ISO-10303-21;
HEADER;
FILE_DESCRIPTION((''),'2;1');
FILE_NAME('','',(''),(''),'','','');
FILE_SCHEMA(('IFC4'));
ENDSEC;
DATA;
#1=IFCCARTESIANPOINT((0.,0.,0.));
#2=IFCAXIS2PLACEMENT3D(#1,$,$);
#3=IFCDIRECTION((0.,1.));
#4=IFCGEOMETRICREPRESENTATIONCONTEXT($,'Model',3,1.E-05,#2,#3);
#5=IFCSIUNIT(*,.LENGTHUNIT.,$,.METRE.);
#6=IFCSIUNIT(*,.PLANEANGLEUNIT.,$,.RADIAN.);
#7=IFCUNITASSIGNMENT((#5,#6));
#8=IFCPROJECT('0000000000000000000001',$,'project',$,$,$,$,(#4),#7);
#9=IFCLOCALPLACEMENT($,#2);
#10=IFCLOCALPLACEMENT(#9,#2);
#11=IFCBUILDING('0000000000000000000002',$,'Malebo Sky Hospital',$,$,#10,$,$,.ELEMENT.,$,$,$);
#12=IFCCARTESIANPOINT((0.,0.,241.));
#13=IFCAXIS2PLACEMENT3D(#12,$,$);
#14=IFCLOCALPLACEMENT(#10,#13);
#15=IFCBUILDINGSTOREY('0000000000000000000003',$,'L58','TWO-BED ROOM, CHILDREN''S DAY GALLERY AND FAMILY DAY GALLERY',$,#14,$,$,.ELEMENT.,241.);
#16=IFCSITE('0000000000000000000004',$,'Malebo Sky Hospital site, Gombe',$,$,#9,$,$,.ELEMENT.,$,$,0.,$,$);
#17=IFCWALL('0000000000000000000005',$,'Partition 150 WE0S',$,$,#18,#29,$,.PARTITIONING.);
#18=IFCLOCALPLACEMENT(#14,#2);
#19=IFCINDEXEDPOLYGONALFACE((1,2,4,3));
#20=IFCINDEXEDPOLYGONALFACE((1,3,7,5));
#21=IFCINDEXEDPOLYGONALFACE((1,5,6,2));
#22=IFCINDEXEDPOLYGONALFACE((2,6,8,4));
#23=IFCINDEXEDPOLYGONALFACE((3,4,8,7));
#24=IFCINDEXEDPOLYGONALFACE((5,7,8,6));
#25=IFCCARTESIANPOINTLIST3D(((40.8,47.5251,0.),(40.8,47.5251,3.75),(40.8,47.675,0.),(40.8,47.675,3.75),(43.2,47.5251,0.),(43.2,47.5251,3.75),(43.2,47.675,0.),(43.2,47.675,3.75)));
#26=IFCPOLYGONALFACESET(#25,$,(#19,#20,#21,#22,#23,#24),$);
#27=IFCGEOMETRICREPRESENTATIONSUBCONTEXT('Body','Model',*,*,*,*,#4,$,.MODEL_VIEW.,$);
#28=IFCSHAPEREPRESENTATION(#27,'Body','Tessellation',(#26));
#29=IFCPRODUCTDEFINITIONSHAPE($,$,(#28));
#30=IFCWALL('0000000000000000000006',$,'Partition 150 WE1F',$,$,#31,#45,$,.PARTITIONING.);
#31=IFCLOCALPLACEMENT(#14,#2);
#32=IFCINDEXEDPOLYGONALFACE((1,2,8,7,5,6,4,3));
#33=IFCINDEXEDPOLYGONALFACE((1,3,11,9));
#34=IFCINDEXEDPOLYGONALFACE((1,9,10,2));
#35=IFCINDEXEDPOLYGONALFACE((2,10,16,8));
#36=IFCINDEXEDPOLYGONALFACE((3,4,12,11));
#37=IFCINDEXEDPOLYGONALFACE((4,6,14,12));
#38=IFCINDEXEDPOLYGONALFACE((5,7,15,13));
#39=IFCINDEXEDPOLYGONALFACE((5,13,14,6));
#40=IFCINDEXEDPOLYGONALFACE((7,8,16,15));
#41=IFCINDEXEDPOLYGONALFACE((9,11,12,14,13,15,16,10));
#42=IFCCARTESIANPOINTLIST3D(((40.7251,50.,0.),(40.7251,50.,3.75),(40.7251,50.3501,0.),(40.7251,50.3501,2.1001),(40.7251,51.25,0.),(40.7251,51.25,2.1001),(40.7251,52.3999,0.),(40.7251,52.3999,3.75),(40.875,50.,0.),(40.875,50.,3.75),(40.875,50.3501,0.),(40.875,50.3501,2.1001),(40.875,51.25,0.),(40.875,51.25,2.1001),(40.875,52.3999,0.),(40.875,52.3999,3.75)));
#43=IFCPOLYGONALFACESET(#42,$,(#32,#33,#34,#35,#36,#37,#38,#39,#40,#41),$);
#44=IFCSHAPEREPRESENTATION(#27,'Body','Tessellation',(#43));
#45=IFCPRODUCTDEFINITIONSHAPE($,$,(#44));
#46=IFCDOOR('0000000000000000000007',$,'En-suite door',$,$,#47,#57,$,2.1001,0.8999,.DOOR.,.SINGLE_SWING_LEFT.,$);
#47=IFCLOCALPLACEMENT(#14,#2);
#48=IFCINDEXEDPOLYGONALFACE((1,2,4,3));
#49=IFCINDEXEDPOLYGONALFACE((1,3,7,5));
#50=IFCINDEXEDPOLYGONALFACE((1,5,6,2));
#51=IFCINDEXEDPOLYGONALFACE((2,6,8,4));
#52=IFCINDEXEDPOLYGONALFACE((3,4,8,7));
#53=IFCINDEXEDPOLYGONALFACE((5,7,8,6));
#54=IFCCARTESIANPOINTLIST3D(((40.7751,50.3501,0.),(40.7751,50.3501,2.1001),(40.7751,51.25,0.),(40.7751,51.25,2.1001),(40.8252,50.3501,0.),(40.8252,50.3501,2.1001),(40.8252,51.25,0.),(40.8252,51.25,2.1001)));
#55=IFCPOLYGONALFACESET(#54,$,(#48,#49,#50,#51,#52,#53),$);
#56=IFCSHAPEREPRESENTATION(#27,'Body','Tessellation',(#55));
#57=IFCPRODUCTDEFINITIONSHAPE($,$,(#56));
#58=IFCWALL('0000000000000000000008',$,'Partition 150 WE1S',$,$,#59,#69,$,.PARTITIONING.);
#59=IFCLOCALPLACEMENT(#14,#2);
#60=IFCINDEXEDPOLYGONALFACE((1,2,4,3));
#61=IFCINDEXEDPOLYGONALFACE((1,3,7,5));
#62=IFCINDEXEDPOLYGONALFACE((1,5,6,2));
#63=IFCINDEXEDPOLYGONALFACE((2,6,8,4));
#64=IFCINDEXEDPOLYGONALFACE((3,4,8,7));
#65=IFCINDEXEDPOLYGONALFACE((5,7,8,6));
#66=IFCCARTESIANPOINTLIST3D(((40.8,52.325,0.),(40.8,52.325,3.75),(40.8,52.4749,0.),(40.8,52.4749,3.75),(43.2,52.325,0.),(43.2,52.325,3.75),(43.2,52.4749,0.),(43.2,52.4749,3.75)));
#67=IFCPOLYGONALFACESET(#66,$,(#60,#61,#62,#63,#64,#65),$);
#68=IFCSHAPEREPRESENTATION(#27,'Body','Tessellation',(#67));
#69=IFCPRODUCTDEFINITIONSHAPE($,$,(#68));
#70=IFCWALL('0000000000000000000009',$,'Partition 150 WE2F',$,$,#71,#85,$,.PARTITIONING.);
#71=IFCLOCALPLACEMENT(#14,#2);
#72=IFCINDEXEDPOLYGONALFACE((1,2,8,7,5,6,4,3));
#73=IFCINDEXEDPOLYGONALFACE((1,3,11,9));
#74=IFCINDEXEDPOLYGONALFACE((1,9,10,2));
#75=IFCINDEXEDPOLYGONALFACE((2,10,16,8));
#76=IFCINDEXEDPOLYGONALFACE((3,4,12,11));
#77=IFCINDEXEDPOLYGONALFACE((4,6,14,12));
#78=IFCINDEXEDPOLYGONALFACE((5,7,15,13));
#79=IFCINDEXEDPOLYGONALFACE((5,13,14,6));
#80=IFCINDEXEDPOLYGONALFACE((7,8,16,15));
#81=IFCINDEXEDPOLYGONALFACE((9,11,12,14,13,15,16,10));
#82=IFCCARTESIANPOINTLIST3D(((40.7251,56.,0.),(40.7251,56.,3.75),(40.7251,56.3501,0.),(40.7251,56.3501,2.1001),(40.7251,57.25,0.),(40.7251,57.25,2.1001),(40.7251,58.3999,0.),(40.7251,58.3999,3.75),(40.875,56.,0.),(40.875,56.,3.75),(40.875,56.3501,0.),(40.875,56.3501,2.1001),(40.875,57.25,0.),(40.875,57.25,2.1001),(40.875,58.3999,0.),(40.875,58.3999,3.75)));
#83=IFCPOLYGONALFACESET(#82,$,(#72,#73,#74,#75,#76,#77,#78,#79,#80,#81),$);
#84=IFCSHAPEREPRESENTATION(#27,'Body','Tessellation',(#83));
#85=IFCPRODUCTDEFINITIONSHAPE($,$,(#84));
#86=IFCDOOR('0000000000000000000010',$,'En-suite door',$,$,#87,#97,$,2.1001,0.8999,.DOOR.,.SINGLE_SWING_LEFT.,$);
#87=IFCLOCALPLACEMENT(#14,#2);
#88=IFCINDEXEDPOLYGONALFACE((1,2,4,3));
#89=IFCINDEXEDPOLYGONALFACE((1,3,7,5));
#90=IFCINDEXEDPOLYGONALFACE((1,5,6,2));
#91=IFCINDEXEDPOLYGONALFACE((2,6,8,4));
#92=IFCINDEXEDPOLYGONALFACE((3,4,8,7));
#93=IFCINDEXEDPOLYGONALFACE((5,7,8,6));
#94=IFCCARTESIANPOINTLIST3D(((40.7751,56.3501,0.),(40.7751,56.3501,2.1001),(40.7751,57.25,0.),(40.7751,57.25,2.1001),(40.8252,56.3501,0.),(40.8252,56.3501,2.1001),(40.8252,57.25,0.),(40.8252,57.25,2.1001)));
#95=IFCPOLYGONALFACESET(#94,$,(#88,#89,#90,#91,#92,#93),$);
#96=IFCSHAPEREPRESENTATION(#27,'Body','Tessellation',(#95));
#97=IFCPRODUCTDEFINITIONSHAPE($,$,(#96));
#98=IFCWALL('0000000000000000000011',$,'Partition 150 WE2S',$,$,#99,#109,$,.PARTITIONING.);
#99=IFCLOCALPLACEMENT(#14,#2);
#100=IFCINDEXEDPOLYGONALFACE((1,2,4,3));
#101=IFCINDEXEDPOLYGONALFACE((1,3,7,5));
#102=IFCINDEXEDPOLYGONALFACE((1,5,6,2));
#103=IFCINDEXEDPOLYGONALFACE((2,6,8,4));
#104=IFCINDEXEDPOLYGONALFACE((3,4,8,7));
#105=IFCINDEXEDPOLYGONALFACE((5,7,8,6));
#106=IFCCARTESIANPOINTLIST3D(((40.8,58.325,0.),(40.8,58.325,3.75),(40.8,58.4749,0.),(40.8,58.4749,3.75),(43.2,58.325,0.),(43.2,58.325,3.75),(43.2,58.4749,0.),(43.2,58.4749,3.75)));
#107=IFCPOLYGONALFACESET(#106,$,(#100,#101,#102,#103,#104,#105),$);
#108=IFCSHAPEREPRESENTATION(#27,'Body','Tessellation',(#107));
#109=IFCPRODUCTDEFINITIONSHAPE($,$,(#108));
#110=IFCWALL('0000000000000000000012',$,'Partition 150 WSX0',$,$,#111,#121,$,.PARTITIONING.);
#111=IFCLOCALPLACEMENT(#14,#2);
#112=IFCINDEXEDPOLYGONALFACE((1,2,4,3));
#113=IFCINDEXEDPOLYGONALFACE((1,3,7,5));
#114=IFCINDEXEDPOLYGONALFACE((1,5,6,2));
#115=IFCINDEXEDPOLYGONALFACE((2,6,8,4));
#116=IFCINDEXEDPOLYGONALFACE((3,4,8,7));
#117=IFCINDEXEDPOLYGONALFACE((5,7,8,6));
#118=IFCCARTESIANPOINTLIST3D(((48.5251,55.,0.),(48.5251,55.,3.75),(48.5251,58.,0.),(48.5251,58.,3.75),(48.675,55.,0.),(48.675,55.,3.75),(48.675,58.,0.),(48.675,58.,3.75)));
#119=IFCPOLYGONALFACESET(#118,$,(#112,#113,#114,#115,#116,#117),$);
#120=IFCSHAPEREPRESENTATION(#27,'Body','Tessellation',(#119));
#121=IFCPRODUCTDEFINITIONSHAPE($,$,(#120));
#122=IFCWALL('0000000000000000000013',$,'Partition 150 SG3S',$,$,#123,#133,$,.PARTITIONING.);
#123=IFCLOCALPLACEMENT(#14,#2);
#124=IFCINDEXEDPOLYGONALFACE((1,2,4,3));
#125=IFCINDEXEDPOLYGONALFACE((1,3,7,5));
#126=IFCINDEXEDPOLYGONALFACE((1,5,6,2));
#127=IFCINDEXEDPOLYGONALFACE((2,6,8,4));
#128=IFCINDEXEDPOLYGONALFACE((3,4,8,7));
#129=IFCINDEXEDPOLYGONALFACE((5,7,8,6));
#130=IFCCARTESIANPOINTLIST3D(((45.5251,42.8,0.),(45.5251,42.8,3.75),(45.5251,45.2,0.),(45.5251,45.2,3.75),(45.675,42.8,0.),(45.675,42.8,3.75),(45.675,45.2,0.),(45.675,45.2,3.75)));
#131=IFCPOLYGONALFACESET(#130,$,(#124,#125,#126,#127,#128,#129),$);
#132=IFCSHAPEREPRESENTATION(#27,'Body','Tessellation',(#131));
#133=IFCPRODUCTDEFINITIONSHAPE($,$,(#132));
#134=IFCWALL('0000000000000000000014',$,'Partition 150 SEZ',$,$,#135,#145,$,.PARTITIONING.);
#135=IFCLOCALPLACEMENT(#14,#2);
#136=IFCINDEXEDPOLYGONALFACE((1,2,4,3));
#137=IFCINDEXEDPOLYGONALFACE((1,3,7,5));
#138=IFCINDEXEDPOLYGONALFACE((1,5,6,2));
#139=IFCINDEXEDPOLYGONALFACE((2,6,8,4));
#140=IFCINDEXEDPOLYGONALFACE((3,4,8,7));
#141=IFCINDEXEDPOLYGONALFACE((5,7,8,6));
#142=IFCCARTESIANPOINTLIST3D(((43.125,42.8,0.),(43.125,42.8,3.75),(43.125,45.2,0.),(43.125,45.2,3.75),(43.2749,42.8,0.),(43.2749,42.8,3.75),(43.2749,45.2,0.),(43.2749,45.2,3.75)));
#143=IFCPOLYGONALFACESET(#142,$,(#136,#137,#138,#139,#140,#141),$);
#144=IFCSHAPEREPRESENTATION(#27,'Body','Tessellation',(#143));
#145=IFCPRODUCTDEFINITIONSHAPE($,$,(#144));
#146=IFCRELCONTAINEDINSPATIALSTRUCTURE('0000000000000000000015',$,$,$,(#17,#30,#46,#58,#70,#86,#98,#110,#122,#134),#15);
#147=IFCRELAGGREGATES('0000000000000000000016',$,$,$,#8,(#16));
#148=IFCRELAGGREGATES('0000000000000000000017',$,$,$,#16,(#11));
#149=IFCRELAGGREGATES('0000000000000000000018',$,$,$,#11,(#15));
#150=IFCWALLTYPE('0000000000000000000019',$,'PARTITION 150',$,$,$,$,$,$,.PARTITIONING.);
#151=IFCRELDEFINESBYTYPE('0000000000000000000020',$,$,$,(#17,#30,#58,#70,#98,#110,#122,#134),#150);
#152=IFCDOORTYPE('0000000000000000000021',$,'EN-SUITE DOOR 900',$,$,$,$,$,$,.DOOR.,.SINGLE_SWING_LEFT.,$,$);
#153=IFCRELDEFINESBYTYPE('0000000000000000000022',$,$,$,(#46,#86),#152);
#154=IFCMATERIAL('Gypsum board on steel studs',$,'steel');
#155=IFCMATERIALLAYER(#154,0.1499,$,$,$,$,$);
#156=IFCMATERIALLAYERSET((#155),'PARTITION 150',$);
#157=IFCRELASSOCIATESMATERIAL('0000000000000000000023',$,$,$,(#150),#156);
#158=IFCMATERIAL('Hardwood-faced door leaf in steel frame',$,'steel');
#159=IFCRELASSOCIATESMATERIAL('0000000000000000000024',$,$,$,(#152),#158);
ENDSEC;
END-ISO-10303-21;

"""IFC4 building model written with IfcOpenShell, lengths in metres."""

from ifc_helpers import new_model, si_unit, direction, frame, frame_2d, origin, place, context, subcontext, project, spatial, rectangle, extrude, material, layer, layer_set, type_object, element, fill, save


model = new_model("IFC4")

# Units and contexts
model_context = context("Model", 3, precision=1e-05, world=origin(), true_north=direction((0.0, 1.0)))
body_context = subcontext(model_context, "Body", "Model", "MODEL_VIEW")
ifc_project = project(units=[si_unit("LENGTHUNIT", "METRE"), si_unit("PLANEANGLEUNIT", "RADIAN")], contexts=[model_context])

# Site, building, storey
site_placement = place(None, origin())
site = spatial("IfcSite", under=ifc_project, at=site_placement, Name="Malebo Sky Hospital site, Gombe", CompositionType="ELEMENT", RefElevation=0.0)
building_placement = place(site_placement, origin())
building = spatial("IfcBuilding", under=site, at=building_placement, Name="Malebo Sky Hospital", CompositionType="ELEMENT")
storey_placement = place(building_placement, frame((0.0, 0.0, 241.0)))
storey = spatial("IfcBuildingStorey", under=building, at=storey_placement, Name="L58", Description="TWO-BED ROOM, CHILDREN'S DAY GALLERY AND FAMILY DAY GALLERY", CompositionType="ELEMENT", Elevation=241.0)

# Shared definitions
ifc_material_1 = material(Name="Gypsum board on steel studs", Category="steel")
ifc_material_2 = material(Name="Hardwood-faced door leaf in steel frame", Category="steel")

# Wall
ifc_layer_1 = layer(ifc_material_1, 0.1499)
ifc_layer_set_1 = layer_set([ifc_layer_1], Name="PARTITION 150")
wall_type_1 = type_object("IfcWallType", Name="PARTITION 150", PredefinedType="PARTITIONING", material=ifc_layer_set_1)
wall_1_placement = place(storey_placement, frame((43.2, 47.6001, 0.0), z_axis=(0.0, 0.0, 1.0), x_axis=(-1.0, 0.0, 0.0)))
element("IfcWall", 1, at=wall_1_placement, inside=storey, type_object=wall_type_1, Name="Partition 150 WE0S", PredefinedType="PARTITIONING", context=body_context, shape_type="SweptSolid", body=[
    extrude(rectangle(XDim=2.3999, YDim=0.1499, at=frame_2d((1.2, 0.0))), origin(), (0.0, 0.0, 1.0), 3.75),
])

# Wall, opening, door
wall_2_placement = place(storey_placement, frame((40.8, 50.0, 0.0), z_axis=(0.0, 0.0, 1.0), x_axis=(0.0, 1.0, 0.0)))
wall_2 = element("IfcWall", 2, at=wall_2_placement, inside=storey, type_object=wall_type_1, Name="Partition 150 WE1F", PredefinedType="PARTITIONING", context=body_context, shape_type="SweptSolid", body=[
    extrude(rectangle(XDim=2.3999, YDim=0.1499, at=frame_2d((1.2, 0.0))), origin(), (0.0, 0.0, 1.0), 3.75),
])
opening_1_placement = place(wall_2_placement, frame((0.3501, 0.0, 0.0)))
opening_1 = element("IfcOpeningElement", 3, at=opening_1_placement, cuts=wall_2, PredefinedType="OPENING", context=body_context, shape_type="SweptSolid", body=[
    extrude(rectangle(XDim=0.8999, YDim=2.1001, at=frame_2d((0.45, 1.05))), frame((0.0, 0.085, 0.0), z_axis=(0.0, -1.0, 0.0), x_axis=(1.0, 0.0, 0.0)), (0.0, 0.0, 1.0), 0.1699),
])
door_type_1 = type_object("IfcDoorType", Name="EN-SUITE DOOR 900", OperationType="SINGLE_SWING_LEFT", PredefinedType="DOOR", material=ifc_material_2)
door_1_placement = place(opening_1_placement, origin())
door_1 = element("IfcDoor", 4, at=door_1_placement, inside=storey, type_object=door_type_1, Name="En-suite door", OperationType="SINGLE_SWING_LEFT", OverallHeight=2.1001, OverallWidth=0.8999, PredefinedType="DOOR", context=body_context, shape_type="SweptSolid", body=[
    extrude(rectangle(XDim=0.8999, YDim=2.1001, at=frame_2d((0.45, 1.05))), frame((0.0, 0.0249, 0.0), z_axis=(0.0, -1.0, 0.0), x_axis=(1.0, 0.0, 0.0)), (0.0, 0.0, 1.0), 0.05),
])
fill(opening_1, door_1)

# Wall
wall_3_placement = place(storey_placement, frame((43.2, 52.3999, 0.0), z_axis=(0.0, 0.0, 1.0), x_axis=(-1.0, 0.0, 0.0)))
element("IfcWall", 5, at=wall_3_placement, inside=storey, type_object=wall_type_1, Name="Partition 150 WE1S", PredefinedType="PARTITIONING", context=body_context, shape_type="SweptSolid", body=[
    extrude(rectangle(XDim=2.3999, YDim=0.1499, at=frame_2d((1.2, 0.0))), origin(), (0.0, 0.0, 1.0), 3.75),
])

# Wall, opening, door
wall_4_placement = place(storey_placement, frame((40.8, 56.0, 0.0), z_axis=(0.0, 0.0, 1.0), x_axis=(0.0, 1.0, 0.0)))
wall_4 = element("IfcWall", 6, at=wall_4_placement, inside=storey, type_object=wall_type_1, Name="Partition 150 WE2F", PredefinedType="PARTITIONING", context=body_context, shape_type="SweptSolid", body=[
    extrude(rectangle(XDim=2.3999, YDim=0.1499, at=frame_2d((1.2, 0.0))), origin(), (0.0, 0.0, 1.0), 3.75),
])
opening_2_placement = place(wall_4_placement, frame((0.3501, 0.0, 0.0)))
opening_2 = element("IfcOpeningElement", 7, at=opening_2_placement, cuts=wall_4, PredefinedType="OPENING", context=body_context, shape_type="SweptSolid", body=[
    extrude(rectangle(XDim=0.8999, YDim=2.1001, at=frame_2d((0.45, 1.05))), frame((0.0, 0.085, 0.0), z_axis=(0.0, -1.0, 0.0), x_axis=(1.0, 0.0, 0.0)), (0.0, 0.0, 1.0), 0.1699),
])
door_2_placement = place(opening_2_placement, origin())
door_2 = element("IfcDoor", 8, at=door_2_placement, inside=storey, type_object=door_type_1, Name="En-suite door", OperationType="SINGLE_SWING_LEFT", OverallHeight=2.1001, OverallWidth=0.8999, PredefinedType="DOOR", context=body_context, shape_type="SweptSolid", body=[
    extrude(rectangle(XDim=0.8999, YDim=2.1001, at=frame_2d((0.45, 1.05))), frame((0.0, 0.0249, 0.0), z_axis=(0.0, -1.0, 0.0), x_axis=(1.0, 0.0, 0.0)), (0.0, 0.0, 1.0), 0.05),
])
fill(opening_2, door_2)

# Walls
wall_5_placement = place(storey_placement, frame((43.2, 58.3999, 0.0), z_axis=(0.0, 0.0, 1.0), x_axis=(-1.0, 0.0, 0.0)))
element("IfcWall", 9, at=wall_5_placement, inside=storey, type_object=wall_type_1, Name="Partition 150 WE2S", PredefinedType="PARTITIONING", context=body_context, shape_type="SweptSolid", body=[
    extrude(rectangle(XDim=2.3999, YDim=0.1499, at=frame_2d((1.2, 0.0))), origin(), (0.0, 0.0, 1.0), 3.75),
])
wall_6_placement = place(storey_placement, frame((48.6001, 55.0, 0.0), z_axis=(0.0, 0.0, 1.0), x_axis=(0.0, 1.0, 0.0)))
element("IfcWall", 10, at=wall_6_placement, inside=storey, type_object=wall_type_1, Name="Partition 150 WSX0", PredefinedType="PARTITIONING", context=body_context, shape_type="SweptSolid", body=[
    extrude(rectangle(XDim=3.0, YDim=0.1499, at=frame_2d((1.5, 0.0))), origin(), (0.0, 0.0, 1.0), 3.75),
])
for number, where, z_axis, x_axis, name in (
    (11, (45.6001, 45.2, 0.0), (0.0, 0.0, 1.0), (0.0, -1.0, 0.0), "Partition 150 SG3S"),
    (12, (43.2, 45.2, 0.0), (0.0, 0.0, 1.0), (0.0, -1.0, 0.0), "Partition 150 SEZ"),
):
    element("IfcWall", number, at=place(storey_placement, frame(where, z_axis=z_axis, x_axis=x_axis)), inside=storey, type_object=wall_type_1, Name=name, PredefinedType="PARTITIONING", context=body_context, shape_type="SweptSolid", body=[
        extrude(rectangle(XDim=2.3999, YDim=0.1499, at=frame_2d((1.2, 0.0))), origin(), (0.0, 0.0, 1.0), 3.75),
    ])

save(model, "model.ifc")
